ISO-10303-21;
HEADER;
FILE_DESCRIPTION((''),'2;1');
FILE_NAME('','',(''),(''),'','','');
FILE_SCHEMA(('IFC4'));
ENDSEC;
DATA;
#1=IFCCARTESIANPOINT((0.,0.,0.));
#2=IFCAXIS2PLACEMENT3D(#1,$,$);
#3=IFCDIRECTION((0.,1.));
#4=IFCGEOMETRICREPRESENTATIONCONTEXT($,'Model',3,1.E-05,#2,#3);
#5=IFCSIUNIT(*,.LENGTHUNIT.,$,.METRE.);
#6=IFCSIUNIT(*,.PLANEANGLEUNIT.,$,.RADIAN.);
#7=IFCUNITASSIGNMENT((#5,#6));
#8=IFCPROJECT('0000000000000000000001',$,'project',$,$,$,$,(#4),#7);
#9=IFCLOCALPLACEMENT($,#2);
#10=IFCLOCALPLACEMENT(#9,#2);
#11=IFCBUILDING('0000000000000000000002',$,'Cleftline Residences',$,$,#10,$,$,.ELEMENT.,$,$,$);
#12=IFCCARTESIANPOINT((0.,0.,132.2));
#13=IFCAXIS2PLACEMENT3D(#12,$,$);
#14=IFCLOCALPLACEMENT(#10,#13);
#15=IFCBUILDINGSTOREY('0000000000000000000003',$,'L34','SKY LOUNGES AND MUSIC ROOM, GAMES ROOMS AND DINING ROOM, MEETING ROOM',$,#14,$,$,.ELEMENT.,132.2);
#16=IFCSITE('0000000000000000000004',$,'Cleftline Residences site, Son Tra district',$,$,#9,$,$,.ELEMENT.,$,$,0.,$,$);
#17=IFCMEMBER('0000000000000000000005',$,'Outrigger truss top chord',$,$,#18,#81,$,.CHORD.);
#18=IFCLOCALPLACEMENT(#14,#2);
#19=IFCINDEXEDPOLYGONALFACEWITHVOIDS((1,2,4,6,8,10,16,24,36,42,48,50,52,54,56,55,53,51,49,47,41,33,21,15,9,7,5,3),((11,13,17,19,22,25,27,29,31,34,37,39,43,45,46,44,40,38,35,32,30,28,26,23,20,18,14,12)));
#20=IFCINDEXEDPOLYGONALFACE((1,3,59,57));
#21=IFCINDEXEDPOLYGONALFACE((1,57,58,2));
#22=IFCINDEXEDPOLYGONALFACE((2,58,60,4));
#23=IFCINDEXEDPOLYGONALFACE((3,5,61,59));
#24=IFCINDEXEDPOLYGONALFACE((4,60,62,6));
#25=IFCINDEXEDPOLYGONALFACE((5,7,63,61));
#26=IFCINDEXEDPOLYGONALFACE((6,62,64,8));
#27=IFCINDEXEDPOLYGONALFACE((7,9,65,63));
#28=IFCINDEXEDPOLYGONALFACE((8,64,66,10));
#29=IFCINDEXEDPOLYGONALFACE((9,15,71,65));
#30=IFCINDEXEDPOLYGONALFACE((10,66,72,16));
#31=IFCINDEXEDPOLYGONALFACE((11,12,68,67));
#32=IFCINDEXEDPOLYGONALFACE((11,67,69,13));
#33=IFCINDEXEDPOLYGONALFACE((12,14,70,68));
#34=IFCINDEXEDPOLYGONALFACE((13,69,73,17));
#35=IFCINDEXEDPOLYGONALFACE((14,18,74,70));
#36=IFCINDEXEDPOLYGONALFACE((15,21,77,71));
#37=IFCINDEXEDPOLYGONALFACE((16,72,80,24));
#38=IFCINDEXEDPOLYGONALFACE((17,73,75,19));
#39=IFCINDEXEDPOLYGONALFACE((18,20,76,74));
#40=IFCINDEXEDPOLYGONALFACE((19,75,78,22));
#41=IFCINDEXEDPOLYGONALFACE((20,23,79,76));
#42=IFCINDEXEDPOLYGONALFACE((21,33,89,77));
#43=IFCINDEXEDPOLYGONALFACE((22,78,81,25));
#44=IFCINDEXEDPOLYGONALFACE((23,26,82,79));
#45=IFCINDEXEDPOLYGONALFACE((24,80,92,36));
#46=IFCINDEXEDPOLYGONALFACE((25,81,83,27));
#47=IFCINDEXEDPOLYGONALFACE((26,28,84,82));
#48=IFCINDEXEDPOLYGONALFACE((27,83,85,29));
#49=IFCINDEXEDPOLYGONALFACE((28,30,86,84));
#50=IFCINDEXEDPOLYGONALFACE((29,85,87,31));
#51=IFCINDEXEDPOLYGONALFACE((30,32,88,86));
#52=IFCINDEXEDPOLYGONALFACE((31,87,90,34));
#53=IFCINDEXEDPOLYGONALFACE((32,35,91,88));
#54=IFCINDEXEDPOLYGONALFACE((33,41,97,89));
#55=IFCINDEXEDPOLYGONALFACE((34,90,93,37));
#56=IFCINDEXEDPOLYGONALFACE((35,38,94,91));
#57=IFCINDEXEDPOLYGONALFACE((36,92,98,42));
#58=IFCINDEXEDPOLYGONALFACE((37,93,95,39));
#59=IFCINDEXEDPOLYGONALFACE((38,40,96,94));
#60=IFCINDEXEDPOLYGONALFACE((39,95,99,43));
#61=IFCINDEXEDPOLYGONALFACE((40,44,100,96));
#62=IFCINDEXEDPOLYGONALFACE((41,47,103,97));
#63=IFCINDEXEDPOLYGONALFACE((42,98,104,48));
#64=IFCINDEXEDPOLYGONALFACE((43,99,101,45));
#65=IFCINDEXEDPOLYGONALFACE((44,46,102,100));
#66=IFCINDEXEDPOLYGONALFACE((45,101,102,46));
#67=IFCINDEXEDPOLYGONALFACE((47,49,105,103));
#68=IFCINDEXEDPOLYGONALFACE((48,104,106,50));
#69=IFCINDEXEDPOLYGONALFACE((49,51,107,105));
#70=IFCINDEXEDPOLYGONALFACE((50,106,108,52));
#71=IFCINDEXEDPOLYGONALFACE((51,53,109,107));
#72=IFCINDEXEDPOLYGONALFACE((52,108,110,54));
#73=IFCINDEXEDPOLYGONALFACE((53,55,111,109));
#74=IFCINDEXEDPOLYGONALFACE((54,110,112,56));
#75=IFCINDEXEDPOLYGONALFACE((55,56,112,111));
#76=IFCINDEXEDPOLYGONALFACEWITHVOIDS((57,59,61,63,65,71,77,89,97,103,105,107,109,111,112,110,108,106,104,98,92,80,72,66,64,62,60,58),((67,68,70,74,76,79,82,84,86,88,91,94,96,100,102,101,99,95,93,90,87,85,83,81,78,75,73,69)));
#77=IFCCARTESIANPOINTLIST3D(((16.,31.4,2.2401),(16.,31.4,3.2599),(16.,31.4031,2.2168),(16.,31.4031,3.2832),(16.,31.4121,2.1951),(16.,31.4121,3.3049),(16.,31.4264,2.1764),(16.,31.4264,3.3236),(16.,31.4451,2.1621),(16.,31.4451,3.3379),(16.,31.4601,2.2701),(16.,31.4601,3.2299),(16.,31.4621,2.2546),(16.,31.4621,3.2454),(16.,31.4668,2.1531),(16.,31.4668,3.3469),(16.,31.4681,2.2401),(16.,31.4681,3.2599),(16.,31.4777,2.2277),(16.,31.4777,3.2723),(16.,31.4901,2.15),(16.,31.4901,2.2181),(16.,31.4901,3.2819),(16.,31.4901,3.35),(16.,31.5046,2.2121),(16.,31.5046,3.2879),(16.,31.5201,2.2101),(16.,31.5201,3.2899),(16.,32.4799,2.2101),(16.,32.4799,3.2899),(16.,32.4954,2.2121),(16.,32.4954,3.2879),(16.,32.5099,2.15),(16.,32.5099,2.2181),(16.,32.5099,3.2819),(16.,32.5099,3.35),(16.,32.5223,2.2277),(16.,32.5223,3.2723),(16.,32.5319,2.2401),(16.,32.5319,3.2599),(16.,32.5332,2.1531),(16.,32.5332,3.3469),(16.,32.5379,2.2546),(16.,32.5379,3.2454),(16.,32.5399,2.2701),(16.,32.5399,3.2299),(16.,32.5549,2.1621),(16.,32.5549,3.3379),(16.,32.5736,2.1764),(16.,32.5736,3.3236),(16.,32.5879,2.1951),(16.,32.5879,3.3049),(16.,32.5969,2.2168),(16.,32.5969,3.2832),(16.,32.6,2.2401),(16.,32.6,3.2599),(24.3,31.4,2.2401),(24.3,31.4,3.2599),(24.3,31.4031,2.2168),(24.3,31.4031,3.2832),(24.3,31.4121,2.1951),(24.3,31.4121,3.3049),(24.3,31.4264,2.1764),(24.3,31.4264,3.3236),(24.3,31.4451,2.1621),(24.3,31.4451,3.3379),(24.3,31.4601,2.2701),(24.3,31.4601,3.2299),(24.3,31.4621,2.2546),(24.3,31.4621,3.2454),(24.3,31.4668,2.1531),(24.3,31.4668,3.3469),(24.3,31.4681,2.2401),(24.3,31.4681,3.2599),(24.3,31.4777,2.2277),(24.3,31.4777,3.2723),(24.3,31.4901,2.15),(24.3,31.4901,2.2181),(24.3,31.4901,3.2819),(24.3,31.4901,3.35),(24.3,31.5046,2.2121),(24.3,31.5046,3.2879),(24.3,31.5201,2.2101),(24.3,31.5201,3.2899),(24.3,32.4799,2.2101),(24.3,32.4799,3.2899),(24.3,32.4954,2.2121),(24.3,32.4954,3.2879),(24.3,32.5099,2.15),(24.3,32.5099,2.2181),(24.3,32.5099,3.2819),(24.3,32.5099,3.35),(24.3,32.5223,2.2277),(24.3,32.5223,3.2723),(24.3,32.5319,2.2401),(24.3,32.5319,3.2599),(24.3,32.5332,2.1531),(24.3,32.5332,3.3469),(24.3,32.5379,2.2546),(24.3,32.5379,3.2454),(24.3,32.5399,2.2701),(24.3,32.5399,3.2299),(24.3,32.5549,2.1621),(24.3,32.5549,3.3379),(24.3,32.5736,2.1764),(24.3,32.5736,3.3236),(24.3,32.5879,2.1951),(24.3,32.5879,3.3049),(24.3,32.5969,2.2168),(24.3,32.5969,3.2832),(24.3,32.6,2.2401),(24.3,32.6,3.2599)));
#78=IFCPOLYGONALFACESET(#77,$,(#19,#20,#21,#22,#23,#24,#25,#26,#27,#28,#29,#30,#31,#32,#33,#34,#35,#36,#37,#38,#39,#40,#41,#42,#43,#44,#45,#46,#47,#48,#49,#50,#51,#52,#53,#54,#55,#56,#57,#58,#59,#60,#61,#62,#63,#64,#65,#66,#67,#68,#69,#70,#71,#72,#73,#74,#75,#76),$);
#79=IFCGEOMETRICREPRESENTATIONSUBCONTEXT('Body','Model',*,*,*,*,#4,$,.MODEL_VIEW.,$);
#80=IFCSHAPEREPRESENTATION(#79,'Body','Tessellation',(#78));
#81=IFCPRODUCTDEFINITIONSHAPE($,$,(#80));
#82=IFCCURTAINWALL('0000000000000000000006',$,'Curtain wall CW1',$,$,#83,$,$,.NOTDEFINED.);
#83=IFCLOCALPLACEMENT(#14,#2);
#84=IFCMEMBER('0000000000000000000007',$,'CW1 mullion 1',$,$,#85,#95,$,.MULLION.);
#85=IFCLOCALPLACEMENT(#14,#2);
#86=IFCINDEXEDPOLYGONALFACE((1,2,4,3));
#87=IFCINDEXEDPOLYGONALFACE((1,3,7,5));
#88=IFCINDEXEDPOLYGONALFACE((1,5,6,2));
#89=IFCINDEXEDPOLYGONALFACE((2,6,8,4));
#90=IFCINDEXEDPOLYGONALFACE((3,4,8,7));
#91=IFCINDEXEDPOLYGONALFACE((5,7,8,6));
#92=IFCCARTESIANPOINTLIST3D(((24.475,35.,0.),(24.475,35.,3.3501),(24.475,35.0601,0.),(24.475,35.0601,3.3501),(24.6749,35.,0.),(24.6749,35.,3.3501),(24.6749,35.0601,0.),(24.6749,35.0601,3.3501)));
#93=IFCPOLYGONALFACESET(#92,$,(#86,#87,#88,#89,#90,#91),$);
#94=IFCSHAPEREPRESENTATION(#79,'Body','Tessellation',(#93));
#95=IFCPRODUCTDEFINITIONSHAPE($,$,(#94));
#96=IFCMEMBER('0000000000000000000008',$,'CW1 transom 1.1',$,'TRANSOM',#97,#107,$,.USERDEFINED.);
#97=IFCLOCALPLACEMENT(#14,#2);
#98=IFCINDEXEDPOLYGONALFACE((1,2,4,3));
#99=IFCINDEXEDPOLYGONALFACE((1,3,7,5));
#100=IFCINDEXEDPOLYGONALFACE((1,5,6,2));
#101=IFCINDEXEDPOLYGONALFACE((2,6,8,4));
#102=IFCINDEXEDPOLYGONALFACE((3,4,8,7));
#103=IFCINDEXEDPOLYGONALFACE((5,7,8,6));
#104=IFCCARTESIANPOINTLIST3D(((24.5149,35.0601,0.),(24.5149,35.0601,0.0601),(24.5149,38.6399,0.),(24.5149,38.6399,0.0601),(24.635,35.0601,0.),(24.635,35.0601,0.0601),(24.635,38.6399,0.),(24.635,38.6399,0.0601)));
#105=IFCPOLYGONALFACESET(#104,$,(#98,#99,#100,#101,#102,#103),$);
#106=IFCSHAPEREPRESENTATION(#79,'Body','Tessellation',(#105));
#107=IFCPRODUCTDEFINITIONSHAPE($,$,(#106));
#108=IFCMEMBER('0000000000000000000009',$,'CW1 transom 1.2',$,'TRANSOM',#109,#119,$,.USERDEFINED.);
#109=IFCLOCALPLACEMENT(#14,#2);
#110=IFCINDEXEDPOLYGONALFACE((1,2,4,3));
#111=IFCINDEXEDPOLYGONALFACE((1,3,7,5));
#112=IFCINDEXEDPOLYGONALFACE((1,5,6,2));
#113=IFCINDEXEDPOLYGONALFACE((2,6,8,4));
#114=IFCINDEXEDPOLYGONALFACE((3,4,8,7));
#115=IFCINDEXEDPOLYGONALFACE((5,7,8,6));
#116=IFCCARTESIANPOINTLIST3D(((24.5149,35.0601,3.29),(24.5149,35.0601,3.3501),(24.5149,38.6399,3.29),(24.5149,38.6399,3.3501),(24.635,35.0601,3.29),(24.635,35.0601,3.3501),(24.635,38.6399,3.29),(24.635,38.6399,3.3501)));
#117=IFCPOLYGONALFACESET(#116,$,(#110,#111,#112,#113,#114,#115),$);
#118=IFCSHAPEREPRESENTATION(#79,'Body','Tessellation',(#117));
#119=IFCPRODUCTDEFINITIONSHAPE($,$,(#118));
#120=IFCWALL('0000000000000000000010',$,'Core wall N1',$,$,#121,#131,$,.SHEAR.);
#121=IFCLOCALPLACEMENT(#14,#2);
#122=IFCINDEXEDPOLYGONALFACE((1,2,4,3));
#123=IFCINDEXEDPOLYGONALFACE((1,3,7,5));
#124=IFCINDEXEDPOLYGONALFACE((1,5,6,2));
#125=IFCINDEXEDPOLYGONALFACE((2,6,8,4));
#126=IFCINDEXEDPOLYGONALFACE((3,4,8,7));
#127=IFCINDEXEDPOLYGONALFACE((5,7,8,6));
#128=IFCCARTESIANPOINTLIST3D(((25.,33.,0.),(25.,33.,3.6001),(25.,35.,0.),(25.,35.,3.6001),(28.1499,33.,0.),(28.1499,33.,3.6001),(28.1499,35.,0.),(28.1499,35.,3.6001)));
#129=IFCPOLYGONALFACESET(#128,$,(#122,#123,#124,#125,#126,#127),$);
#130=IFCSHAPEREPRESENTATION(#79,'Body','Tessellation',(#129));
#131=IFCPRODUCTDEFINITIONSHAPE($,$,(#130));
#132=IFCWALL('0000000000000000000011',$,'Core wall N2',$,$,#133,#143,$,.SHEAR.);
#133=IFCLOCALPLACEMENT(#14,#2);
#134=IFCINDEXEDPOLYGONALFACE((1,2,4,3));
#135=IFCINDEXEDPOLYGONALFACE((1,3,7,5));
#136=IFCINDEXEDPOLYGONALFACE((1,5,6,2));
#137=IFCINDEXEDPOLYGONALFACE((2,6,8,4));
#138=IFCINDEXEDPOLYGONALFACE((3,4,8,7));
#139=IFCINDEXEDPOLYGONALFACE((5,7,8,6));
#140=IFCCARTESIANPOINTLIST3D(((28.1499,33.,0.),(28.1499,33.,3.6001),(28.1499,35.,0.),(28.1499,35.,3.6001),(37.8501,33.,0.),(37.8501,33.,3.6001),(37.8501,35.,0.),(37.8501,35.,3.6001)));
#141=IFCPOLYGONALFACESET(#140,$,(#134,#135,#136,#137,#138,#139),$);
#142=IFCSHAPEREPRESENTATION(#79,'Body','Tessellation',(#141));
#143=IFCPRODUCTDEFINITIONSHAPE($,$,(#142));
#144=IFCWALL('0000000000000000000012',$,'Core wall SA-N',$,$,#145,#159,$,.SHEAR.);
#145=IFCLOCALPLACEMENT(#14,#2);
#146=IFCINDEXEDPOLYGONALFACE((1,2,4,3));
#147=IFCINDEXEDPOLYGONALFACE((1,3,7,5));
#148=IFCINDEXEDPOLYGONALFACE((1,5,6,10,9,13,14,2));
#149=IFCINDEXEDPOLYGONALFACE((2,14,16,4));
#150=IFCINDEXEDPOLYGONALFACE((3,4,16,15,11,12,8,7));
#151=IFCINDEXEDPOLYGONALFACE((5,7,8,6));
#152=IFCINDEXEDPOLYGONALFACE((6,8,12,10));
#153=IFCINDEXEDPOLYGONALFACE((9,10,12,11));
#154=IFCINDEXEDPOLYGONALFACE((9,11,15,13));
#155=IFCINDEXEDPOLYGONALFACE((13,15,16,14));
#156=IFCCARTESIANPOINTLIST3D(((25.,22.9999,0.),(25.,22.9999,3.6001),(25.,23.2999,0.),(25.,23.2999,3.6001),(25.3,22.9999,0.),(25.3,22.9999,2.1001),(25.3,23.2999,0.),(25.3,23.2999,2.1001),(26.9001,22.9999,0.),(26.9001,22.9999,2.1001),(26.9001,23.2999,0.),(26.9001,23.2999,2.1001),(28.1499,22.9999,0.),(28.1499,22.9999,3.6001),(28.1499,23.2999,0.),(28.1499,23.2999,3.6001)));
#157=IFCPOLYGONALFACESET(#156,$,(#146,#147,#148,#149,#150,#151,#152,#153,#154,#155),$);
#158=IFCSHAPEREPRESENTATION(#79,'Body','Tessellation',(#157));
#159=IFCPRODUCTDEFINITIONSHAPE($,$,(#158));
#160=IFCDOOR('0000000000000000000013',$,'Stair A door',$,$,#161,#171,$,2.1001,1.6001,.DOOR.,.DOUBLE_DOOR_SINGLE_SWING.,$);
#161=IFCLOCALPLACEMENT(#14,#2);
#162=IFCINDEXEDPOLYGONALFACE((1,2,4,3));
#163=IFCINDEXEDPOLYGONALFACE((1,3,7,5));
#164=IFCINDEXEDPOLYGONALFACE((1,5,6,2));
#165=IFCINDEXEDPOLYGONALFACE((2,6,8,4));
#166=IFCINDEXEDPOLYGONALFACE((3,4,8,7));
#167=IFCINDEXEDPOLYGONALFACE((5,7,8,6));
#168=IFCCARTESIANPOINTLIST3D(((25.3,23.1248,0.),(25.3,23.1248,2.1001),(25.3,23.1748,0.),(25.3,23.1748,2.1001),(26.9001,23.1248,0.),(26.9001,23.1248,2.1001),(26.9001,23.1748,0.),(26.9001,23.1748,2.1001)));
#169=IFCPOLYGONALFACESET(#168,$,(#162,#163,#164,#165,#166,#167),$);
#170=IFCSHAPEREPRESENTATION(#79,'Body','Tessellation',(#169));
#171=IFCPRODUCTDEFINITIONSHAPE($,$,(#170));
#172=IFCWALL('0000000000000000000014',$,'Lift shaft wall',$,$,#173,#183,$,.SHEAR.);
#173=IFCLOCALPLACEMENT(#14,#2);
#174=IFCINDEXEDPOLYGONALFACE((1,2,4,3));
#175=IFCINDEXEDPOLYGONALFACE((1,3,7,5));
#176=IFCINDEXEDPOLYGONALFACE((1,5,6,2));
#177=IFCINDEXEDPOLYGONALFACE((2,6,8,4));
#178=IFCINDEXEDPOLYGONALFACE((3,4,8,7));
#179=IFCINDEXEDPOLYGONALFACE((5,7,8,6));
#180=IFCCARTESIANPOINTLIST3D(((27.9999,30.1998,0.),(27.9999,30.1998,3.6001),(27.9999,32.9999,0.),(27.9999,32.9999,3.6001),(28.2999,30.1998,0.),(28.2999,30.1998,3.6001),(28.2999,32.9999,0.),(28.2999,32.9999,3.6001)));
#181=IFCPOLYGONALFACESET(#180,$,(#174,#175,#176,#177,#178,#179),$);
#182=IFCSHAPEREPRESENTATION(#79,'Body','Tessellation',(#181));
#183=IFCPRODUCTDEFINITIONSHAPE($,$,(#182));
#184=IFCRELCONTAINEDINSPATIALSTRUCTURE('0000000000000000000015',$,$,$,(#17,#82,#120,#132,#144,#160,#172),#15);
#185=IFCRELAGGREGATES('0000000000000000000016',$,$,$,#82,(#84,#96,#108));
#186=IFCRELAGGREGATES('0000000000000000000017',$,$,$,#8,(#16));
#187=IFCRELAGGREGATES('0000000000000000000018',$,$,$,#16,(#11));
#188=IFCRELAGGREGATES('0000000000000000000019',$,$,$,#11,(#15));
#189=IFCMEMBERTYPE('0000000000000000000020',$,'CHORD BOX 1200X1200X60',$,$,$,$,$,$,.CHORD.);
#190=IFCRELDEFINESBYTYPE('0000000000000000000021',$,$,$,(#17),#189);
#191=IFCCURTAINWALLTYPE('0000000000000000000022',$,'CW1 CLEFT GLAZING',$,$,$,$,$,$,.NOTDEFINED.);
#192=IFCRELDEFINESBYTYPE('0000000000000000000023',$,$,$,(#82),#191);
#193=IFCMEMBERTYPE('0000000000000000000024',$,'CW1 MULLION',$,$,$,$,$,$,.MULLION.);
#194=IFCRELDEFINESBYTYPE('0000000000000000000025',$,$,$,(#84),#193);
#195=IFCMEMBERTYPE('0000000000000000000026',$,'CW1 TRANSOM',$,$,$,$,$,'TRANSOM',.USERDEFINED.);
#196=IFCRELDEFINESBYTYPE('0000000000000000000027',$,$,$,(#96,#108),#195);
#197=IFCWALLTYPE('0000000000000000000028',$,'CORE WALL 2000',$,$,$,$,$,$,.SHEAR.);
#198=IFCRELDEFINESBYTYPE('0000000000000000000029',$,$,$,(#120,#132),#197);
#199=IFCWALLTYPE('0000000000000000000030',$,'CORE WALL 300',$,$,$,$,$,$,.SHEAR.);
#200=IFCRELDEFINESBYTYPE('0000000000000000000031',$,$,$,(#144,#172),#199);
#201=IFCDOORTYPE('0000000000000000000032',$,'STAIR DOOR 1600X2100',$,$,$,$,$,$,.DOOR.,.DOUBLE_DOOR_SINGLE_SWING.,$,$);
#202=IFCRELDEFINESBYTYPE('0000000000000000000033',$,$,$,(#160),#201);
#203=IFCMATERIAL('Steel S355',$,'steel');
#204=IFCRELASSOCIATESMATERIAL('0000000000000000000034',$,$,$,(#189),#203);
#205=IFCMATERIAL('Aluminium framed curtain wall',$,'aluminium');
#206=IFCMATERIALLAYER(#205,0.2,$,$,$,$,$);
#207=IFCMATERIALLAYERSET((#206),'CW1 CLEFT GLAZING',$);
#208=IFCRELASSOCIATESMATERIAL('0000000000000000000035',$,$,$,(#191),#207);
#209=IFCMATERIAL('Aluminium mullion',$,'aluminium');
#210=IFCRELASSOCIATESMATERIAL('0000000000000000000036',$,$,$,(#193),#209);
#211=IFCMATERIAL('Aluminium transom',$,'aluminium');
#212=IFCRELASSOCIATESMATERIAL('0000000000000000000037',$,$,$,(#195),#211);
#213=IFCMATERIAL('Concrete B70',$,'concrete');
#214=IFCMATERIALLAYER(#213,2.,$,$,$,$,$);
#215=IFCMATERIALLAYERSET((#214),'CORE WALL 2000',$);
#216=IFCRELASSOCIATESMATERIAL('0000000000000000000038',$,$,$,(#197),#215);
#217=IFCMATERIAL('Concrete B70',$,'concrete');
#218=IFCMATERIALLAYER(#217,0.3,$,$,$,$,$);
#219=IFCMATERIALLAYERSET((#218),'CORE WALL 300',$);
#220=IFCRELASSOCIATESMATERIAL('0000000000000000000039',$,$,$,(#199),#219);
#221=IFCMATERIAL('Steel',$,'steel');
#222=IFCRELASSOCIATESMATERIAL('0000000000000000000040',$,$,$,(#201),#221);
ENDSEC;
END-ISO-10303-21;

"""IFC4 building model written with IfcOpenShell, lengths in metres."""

from ifc_helpers import new_model, si_unit, direction, frame, frame_2d, origin, origin_2d, place, context, subcontext, project, spatial, rectangle, hollow_rectangle, extrude, material, layer, layer_set, material_profile, profile_set, type_object, element, fill, aggregate, save


model = new_model("IFC4")

# Units and contexts
model_context = context("Model", 3, precision=1e-05, world=origin(), true_north=direction((0.0, 1.0)))
body_context = subcontext(model_context, "Body", "Model", "MODEL_VIEW")
ifc_project = project(units=[si_unit("LENGTHUNIT", "METRE"), si_unit("PLANEANGLEUNIT", "RADIAN")], contexts=[model_context])

# Site, building, storey
site_placement = place(None, origin())
site = spatial("IfcSite", under=ifc_project, at=site_placement, Name="Cleftline Residences site, Son Tra district", CompositionType="ELEMENT", RefElevation=0.0)
building_placement = place(site_placement, origin())
building = spatial("IfcBuilding", under=site, at=building_placement, Name="Cleftline Residences", CompositionType="ELEMENT")
storey_placement = place(building_placement, frame((0.0, 0.0, 132.2)))
storey = spatial("IfcBuildingStorey", under=building, at=storey_placement, Name="L34", Description="SKY LOUNGES AND MUSIC ROOM, GAMES ROOMS AND DINING ROOM, MEETING ROOM", CompositionType="ELEMENT", Elevation=132.2)

# Member
ifc_material_1 = material(Name="Steel S355", Category="steel")
ifc_material_profile_1 = material_profile(ifc_material_1, hollow_rectangle(XDim=1.2, YDim=1.2, WallThickness=0.0601, InnerFilletRadius=0.0601, OuterFilletRadius=0.0901, at=origin_2d()))
ifc_profile_set_1 = profile_set([ifc_material_profile_1], Name="Steel S355")
member_type_1 = type_object("IfcMemberType", Name="CHORD BOX 1200X1200X60", PredefinedType="CHORD", material=ifc_profile_set_1)
for number, where, z_axis, x_axis, name in (
    (1, (24.3, 32.0, 2.75), (-1.0, 0.0, 0.0), (0.0, -1.0, 0.0), "Outrigger truss top chord"),
):
    element("IfcMember", number, at=place(storey_placement, frame(where, z_axis=z_axis, x_axis=x_axis)), inside=storey, type_object=member_type_1, Name=name, PredefinedType="CHORD", context=body_context, shape_type="SweptSolid", body=[
        extrude(hollow_rectangle(XDim=1.2, YDim=1.2, WallThickness=0.0601, InnerFilletRadius=0.0601, OuterFilletRadius=0.0901, at=origin_2d()), origin(), (0.0, 0.0, 1.0), 8.3),
    ])

# Curtain wall, members
ifc_material_2 = material(Name="Aluminium framed curtain wall", Category="aluminium")
ifc_layer_1 = layer(ifc_material_2, 0.2)
ifc_layer_set_1 = layer_set([ifc_layer_1], Name="CW1 CLEFT GLAZING")
curtain_wall_type = type_object("IfcCurtainWallType", Name="CW1 CLEFT GLAZING", PredefinedType="NOTDEFINED", material=ifc_layer_set_1)
curtain_wall_placement = place(storey_placement, origin())
curtain_wall = element("IfcCurtainWall", 2, at=curtain_wall_placement, inside=storey, type_object=curtain_wall_type, Name="Curtain wall CW1", PredefinedType="NOTDEFINED")
ifc_material_3 = material(Name="Aluminium mullion", Category="aluminium")
ifc_material_profile_2 = material_profile(ifc_material_3, rectangle(XDim=0.2, YDim=0.0601, at=origin_2d()))
ifc_profile_set_2 = profile_set([ifc_material_profile_2], Name="Aluminium mullion")
member_type_2 = type_object("IfcMemberType", Name="CW1 MULLION", PredefinedType="MULLION", material=ifc_profile_set_2)
member_1_placement = place(storey_placement, frame((24.575, 35.03, 0.0), z_axis=(0.0, 0.0, 1.0), x_axis=(-1.0, 0.0, 0.0)))
member_1 = element("IfcMember", 3, at=member_1_placement, type_object=member_type_2, Name="CW1 mullion 1", PredefinedType="MULLION", context=body_context, shape_type="SweptSolid", body=[
    extrude(rectangle(XDim=0.2, YDim=0.0601, at=origin_2d()), origin(), (0.0, 0.0, 1.0), 3.3501),
])
ifc_material_4 = material(Name="Aluminium transom", Category="aluminium")
ifc_material_profile_3 = material_profile(ifc_material_4, rectangle(XDim=0.1201, YDim=0.0601, at=origin_2d()))
ifc_profile_set_3 = profile_set([ifc_material_profile_3], Name="Aluminium transom")
member_type_3 = type_object("IfcMemberType", Name="CW1 TRANSOM", ElementType="TRANSOM", PredefinedType="USERDEFINED", material=ifc_profile_set_3)
member_2_placement = place(storey_placement, frame((24.575, 35.0601, 0.03), z_axis=(0.0, 1.0, 0.0), x_axis=(-1.0, 0.0, 0.0)))
member_2 = element("IfcMember", 4, at=member_2_placement, type_object=member_type_3, Name="CW1 transom 1.1", ObjectType="TRANSOM", PredefinedType="USERDEFINED", context=body_context, shape_type="SweptSolid", body=[
    extrude(rectangle(XDim=0.1201, YDim=0.0601, at=origin_2d()), origin(), (0.0, 0.0, 1.0), 3.5798),
])
member_3_placement = place(storey_placement, frame((24.575, 35.0601, 3.3201), z_axis=(0.0, 1.0, 0.0), x_axis=(-1.0, 0.0, 0.0)))
member_3 = element("IfcMember", 5, at=member_3_placement, type_object=member_type_3, Name="CW1 transom 1.2", ObjectType="TRANSOM", PredefinedType="USERDEFINED", context=body_context, shape_type="SweptSolid", body=[
    extrude(rectangle(XDim=0.1201, YDim=0.0601, at=origin_2d()), origin(), (0.0, 0.0, 1.0), 3.5798),
])
aggregate(curtain_wall, [member_1, member_2, member_3])

# Walls
ifc_material_5 = material(Name="Concrete B70", Category="concrete")
ifc_layer_2 = layer(ifc_material_5, 2.0)
ifc_layer_set_2 = layer_set([ifc_layer_2], Name="CORE WALL 2000")
wall_type_1 = type_object("IfcWallType", Name="CORE WALL 2000", PredefinedType="SHEAR", material=ifc_layer_set_2)
wall_1_placement = place(storey_placement, frame((25.0, 34.0, 0.0), z_axis=(0.0, 0.0, 1.0), x_axis=(1.0, 0.0, 0.0)))
element("IfcWall", 6, at=wall_1_placement, inside=storey, type_object=wall_type_1, Name="Core wall N1", PredefinedType="SHEAR", context=body_context, shape_type="SweptSolid", body=[
    extrude(rectangle(XDim=3.1499, YDim=2.0, at=frame_2d((1.575, 0.0))), origin(), (0.0, 0.0, 1.0), 3.6001),
])
wall_2_placement = place(storey_placement, frame((28.1499, 34.0, 0.0), z_axis=(0.0, 0.0, 1.0), x_axis=(1.0, 0.0, 0.0)))
element("IfcWall", 7, at=wall_2_placement, inside=storey, type_object=wall_type_1, Name="Core wall N2", PredefinedType="SHEAR", context=body_context, shape_type="SweptSolid", body=[
    extrude(rectangle(XDim=9.7002, YDim=2.0, at=frame_2d((4.8501, 0.0))), origin(), (0.0, 0.0, 1.0), 3.6001),
])

# Wall, opening, door
ifc_material_6 = material(Name="Concrete B70", Category="concrete")
ifc_layer_3 = layer(ifc_material_6, 0.3)
ifc_layer_set_3 = layer_set([ifc_layer_3], Name="CORE WALL 300")
wall_type_2 = type_object("IfcWallType", Name="CORE WALL 300", PredefinedType="SHEAR", material=ifc_layer_set_3)
wall_3_placement = place(storey_placement, frame((25.0, 23.1499, 0.0), z_axis=(0.0, 0.0, 1.0), x_axis=(1.0, 0.0, 0.0)))
wall_3 = element("IfcWall", 8, at=wall_3_placement, inside=storey, type_object=wall_type_2, Name="Core wall SA-N", PredefinedType="SHEAR", context=body_context, shape_type="SweptSolid", body=[
    extrude(rectangle(XDim=3.1499, YDim=0.3, at=frame_2d((1.575, 0.0))), origin(), (0.0, 0.0, 1.0), 3.6001),
])
opening_1_placement = place(wall_3_placement, frame((0.3, 0.0, 0.0)))
opening_1 = element("IfcOpeningElement", 9, at=opening_1_placement, cuts=wall_3, PredefinedType="OPENING", context=body_context, shape_type="SweptSolid", body=[
    extrude(rectangle(XDim=1.6001, YDim=2.1001, at=frame_2d((0.8, 1.05))), frame((0.0, 0.1599, 0.0), z_axis=(0.0, -1.0, 0.0), x_axis=(1.0, 0.0, 0.0)), (0.0, 0.0, 1.0), 0.3201),
])
ifc_material_7 = material(Name="Steel", Category="steel")
door_type_1 = type_object("IfcDoorType", Name="STAIR DOOR 1600X2100", OperationType="DOUBLE_DOOR_SINGLE_SWING", PredefinedType="DOOR", material=ifc_material_7)
door_1_placement = place(opening_1_placement, origin())
door_1 = element("IfcDoor", 10, at=door_1_placement, inside=storey, type_object=door_type_1, Name="Stair A door", OperationType="DOUBLE_DOOR_SINGLE_SWING", OverallHeight=2.1001, OverallWidth=1.6001, PredefinedType="DOOR", context=body_context, shape_type="SweptSolid", body=[
    extrude(rectangle(XDim=1.6001, YDim=2.1001, at=frame_2d((0.8, 1.05))), frame((0.0, 0.0249, 0.0), z_axis=(0.0, -1.0, 0.0), x_axis=(1.0, 0.0, 0.0)), (0.0, 0.0, 1.0), 0.05),
])
fill(opening_1, door_1)

# Wall
wall_4_placement = place(storey_placement, frame((28.1499, 30.2, 0.0), z_axis=(0.0, 0.0, 1.0), x_axis=(0.0, 1.0, 0.0)))
element("IfcWall", 11, at=wall_4_placement, inside=storey, type_object=wall_type_2, Name="Lift shaft wall", PredefinedType="SHEAR", context=body_context, shape_type="SweptSolid", body=[
    extrude(rectangle(XDim=2.8, YDim=0.3, at=frame_2d((1.3999, 0.0))), origin(), (0.0, 0.0, 1.0), 3.6001),
])

save(model, "model.ifc")
